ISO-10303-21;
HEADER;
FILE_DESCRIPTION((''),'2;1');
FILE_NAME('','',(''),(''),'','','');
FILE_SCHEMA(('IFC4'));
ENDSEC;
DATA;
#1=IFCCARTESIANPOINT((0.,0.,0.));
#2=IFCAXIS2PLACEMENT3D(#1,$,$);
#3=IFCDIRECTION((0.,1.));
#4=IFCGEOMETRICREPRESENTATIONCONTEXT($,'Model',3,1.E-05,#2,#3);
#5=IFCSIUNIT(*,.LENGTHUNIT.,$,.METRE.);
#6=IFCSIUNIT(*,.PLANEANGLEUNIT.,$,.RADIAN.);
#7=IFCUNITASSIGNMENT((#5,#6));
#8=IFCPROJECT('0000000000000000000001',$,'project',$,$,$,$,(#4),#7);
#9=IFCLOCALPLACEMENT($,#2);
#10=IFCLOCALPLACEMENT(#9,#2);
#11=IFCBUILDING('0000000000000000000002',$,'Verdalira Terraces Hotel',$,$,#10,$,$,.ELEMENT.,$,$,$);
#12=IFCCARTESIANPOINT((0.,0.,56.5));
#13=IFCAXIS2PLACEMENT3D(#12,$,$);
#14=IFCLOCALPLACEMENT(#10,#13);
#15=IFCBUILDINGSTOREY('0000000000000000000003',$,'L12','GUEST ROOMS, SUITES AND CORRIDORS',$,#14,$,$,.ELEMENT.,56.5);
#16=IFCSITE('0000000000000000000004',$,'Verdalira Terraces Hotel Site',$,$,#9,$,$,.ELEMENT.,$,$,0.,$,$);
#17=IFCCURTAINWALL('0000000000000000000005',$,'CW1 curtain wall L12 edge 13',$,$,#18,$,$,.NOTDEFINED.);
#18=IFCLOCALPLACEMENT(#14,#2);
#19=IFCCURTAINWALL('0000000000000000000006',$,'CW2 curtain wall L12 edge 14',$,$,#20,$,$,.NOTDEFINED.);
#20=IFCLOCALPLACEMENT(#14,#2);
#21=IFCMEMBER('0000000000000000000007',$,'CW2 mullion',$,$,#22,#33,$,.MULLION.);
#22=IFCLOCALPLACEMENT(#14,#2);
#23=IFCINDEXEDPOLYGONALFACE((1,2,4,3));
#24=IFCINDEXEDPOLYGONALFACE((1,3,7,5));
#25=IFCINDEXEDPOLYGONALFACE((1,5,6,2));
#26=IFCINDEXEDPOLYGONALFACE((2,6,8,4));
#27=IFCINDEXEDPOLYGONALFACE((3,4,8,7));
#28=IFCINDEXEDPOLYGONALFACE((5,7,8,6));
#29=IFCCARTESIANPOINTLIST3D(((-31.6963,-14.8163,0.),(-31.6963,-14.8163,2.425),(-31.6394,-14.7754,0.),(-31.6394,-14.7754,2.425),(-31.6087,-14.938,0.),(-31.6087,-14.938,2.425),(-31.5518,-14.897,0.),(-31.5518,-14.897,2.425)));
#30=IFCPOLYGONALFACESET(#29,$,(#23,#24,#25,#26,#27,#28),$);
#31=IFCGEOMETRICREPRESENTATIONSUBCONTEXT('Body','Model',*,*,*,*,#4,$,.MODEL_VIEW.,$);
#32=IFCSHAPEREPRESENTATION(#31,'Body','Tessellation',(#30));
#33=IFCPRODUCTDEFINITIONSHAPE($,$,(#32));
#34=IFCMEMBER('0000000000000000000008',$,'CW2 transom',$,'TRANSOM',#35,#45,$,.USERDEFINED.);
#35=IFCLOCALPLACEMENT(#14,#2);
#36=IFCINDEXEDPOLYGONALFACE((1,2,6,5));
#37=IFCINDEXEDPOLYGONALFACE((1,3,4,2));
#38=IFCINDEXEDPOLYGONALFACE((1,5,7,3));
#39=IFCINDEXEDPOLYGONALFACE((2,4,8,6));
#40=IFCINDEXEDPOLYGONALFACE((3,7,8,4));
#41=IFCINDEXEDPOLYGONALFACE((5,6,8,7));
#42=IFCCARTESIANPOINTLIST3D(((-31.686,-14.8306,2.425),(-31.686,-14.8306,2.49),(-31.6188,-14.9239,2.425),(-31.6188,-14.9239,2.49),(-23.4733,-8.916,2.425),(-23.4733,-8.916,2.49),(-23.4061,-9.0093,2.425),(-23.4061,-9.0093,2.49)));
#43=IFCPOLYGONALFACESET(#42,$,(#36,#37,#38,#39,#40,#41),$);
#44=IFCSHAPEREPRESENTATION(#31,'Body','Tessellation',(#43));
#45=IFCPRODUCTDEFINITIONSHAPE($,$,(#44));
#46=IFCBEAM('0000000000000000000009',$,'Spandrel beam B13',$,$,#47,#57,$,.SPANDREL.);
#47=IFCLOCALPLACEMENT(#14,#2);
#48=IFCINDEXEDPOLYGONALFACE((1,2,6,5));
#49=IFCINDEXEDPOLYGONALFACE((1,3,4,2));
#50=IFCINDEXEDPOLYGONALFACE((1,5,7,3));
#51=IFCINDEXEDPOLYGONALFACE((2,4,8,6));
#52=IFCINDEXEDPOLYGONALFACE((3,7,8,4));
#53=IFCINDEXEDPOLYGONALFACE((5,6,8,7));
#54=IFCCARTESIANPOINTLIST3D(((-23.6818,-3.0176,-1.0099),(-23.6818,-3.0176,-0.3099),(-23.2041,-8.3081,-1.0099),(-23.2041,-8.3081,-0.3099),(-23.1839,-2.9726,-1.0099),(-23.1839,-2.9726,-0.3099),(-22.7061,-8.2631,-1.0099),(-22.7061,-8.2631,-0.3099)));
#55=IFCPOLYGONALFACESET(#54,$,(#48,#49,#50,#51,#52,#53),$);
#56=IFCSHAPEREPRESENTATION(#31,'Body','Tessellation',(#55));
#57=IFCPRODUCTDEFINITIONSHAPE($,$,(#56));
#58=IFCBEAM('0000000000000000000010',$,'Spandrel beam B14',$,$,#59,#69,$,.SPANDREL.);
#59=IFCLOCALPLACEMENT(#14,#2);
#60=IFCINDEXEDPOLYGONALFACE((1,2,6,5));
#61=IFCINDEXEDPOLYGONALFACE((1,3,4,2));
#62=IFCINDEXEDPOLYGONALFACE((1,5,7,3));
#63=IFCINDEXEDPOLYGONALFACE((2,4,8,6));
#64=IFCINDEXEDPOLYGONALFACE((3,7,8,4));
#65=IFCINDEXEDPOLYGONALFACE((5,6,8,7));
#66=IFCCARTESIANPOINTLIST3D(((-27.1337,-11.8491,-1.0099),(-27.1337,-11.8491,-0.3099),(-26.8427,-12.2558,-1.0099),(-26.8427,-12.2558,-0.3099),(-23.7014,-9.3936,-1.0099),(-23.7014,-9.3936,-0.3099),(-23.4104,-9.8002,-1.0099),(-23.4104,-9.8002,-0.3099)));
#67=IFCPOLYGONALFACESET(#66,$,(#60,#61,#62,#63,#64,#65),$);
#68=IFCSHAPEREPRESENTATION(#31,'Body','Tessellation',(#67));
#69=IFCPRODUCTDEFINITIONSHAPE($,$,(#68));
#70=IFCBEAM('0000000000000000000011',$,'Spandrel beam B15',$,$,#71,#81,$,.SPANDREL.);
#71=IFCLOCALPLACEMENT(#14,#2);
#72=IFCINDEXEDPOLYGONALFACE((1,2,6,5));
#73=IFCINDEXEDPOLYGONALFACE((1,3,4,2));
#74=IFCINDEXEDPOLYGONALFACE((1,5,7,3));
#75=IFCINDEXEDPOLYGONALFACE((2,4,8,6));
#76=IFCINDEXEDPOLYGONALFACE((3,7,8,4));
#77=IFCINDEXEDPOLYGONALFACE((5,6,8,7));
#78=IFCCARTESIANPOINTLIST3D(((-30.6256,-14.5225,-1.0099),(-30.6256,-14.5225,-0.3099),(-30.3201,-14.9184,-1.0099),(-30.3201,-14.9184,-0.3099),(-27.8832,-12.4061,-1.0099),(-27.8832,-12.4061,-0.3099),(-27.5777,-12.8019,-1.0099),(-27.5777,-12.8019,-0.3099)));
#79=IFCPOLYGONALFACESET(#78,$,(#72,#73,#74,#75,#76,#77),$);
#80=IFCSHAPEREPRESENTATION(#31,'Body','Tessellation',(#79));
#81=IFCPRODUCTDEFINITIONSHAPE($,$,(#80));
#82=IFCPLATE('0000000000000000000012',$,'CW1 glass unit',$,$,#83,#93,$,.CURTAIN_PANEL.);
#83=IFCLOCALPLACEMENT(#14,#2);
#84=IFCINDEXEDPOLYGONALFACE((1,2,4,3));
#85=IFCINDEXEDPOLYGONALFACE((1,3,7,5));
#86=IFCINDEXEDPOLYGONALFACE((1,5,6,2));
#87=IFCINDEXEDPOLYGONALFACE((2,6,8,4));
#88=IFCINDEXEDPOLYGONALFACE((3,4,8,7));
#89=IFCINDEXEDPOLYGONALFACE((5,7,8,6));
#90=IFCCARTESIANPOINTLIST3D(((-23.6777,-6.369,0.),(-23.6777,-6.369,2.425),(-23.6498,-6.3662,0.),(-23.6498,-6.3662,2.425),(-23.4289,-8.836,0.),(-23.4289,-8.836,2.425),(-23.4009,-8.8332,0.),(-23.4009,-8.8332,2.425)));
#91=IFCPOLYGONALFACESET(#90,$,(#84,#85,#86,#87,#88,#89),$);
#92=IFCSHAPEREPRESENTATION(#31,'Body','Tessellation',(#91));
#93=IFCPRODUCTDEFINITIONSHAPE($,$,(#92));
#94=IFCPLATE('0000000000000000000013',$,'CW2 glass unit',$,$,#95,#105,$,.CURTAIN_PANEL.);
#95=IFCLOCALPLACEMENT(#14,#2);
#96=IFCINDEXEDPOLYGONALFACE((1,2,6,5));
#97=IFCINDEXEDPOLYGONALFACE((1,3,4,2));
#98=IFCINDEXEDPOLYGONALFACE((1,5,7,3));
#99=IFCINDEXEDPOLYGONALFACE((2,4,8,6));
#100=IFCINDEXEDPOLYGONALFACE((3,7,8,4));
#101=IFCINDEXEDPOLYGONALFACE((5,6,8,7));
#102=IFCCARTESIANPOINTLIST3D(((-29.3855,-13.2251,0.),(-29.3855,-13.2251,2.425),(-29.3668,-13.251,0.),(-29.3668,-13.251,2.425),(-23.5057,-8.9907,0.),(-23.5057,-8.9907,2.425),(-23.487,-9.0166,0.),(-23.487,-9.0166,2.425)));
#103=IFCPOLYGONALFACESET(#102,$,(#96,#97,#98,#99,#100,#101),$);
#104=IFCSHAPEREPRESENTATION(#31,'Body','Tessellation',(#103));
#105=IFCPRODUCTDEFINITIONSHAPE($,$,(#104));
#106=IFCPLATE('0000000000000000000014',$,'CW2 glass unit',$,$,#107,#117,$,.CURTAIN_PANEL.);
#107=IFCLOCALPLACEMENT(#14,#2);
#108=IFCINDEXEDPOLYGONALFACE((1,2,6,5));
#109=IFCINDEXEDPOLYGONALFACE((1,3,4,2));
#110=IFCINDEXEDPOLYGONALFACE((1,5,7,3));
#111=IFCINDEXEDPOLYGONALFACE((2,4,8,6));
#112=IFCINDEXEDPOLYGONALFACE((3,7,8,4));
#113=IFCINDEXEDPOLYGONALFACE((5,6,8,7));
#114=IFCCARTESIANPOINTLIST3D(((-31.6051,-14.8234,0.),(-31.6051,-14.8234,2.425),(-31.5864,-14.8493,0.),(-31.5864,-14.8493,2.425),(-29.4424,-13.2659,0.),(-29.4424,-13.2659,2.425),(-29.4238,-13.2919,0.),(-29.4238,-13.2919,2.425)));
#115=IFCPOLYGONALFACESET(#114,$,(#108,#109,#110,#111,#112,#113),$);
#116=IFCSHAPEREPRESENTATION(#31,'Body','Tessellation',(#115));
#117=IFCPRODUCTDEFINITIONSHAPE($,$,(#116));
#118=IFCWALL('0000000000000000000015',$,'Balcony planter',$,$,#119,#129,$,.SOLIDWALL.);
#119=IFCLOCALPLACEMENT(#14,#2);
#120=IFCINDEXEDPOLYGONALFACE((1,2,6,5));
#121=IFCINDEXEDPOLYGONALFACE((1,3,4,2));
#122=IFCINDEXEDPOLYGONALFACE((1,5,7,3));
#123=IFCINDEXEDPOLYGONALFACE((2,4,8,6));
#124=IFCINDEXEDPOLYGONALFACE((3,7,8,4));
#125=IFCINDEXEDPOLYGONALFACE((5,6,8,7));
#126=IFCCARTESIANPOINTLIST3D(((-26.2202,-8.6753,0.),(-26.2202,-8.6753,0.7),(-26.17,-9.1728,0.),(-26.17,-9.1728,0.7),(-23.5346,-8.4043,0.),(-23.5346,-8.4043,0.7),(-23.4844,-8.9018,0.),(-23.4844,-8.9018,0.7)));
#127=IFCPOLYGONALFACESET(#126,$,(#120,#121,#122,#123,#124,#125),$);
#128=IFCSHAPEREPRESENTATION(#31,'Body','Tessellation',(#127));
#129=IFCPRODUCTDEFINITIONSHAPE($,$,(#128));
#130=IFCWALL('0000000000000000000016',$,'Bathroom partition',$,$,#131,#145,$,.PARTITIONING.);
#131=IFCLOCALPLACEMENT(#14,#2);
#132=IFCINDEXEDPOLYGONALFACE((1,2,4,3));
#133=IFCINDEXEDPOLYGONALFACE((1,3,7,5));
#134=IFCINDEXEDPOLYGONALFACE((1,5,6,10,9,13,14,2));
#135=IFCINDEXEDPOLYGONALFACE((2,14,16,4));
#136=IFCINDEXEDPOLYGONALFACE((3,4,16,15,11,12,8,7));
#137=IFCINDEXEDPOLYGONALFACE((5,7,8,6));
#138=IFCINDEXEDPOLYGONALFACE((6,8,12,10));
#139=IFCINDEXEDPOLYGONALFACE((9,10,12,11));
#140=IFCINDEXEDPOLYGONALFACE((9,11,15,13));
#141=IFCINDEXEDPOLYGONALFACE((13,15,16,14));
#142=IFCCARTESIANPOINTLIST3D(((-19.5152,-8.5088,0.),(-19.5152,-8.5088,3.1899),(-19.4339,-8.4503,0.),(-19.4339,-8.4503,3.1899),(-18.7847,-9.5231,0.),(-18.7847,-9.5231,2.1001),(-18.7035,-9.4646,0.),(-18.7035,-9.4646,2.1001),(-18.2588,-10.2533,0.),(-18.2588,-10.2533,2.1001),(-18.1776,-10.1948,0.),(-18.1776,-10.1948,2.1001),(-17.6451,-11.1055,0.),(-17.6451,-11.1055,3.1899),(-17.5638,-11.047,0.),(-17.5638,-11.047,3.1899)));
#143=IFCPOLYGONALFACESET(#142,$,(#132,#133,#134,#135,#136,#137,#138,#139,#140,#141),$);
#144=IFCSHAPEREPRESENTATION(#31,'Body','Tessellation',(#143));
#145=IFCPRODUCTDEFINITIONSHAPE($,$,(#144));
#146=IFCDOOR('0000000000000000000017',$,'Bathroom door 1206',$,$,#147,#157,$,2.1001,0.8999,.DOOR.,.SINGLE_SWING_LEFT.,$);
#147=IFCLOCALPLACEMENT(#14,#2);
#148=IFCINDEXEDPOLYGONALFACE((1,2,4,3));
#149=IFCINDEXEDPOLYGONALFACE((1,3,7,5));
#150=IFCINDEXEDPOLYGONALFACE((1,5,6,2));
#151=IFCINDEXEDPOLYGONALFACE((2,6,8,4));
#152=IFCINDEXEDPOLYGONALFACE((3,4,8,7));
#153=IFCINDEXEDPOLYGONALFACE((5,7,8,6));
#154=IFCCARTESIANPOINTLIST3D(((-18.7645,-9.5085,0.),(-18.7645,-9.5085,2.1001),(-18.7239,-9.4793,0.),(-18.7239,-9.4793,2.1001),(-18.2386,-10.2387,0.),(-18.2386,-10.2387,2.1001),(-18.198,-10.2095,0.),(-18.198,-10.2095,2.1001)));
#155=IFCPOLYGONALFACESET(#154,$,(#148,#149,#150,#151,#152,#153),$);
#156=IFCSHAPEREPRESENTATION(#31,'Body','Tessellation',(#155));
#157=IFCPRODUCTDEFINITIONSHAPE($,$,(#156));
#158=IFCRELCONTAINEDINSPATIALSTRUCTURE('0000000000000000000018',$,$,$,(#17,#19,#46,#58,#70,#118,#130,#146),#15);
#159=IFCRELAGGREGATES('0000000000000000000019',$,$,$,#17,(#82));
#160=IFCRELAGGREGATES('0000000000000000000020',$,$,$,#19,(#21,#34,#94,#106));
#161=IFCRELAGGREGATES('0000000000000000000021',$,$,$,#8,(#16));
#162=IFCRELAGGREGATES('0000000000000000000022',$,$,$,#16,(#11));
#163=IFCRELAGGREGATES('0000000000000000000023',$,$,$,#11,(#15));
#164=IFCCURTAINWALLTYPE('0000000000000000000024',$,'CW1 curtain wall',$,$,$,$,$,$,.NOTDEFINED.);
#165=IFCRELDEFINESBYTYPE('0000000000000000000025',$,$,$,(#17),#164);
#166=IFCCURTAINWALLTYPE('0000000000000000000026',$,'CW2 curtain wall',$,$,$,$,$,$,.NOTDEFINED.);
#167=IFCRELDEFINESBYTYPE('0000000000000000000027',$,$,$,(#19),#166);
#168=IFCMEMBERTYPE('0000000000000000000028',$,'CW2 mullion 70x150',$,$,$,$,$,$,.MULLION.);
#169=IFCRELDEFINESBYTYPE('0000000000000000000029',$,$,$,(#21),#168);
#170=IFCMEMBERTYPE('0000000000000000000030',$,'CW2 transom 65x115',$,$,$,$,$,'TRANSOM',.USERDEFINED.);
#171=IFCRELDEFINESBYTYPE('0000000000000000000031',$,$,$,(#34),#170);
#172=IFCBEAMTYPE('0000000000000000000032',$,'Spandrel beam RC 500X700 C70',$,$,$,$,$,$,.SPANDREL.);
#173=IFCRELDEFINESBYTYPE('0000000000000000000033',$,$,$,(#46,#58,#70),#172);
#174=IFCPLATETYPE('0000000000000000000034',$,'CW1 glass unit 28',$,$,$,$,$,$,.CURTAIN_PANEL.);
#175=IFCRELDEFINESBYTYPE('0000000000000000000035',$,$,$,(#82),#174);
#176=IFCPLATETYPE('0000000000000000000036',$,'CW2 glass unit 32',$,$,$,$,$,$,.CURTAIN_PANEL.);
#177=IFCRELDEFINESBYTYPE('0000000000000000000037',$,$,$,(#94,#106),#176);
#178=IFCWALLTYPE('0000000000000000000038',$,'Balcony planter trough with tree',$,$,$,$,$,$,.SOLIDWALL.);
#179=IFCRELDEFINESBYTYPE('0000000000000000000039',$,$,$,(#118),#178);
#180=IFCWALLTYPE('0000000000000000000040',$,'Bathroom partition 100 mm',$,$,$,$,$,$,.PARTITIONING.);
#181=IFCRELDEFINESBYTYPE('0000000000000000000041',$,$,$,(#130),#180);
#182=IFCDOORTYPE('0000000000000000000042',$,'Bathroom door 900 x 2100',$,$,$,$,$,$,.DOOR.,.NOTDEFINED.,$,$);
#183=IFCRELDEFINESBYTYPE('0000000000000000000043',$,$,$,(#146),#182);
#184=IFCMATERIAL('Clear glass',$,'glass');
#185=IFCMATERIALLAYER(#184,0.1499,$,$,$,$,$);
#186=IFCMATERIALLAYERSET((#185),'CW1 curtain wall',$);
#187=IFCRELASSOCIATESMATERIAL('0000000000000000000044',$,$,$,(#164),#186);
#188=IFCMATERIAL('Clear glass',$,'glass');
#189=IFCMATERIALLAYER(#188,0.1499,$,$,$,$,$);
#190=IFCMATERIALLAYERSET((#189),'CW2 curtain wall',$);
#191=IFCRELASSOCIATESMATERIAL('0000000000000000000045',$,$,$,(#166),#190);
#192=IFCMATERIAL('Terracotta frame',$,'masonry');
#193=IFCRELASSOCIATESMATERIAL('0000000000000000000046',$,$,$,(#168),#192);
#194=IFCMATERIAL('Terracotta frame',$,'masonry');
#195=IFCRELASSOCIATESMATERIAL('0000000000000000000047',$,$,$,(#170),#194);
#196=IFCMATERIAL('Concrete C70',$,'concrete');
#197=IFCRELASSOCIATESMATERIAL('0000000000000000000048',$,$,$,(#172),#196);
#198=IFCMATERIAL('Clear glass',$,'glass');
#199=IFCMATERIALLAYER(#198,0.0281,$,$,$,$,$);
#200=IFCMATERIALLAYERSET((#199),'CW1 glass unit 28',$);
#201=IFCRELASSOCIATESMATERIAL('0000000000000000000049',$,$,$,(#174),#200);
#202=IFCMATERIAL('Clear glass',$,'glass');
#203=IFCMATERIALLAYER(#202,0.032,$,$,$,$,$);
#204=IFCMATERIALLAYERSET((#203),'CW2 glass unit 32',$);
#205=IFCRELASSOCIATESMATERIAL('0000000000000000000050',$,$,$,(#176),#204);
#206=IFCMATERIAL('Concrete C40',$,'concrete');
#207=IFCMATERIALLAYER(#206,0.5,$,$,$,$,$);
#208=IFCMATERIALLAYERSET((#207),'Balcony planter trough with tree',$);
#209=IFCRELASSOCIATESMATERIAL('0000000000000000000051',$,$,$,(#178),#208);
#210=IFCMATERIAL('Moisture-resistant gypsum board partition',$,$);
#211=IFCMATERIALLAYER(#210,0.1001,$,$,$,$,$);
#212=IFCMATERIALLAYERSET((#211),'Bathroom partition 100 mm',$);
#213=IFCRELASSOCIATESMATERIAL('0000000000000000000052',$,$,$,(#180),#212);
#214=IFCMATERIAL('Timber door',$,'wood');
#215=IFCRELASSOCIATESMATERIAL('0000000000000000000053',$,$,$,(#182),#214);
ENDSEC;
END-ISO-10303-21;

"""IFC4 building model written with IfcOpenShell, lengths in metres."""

from ifc_helpers import new_model, si_unit, direction, frame, frame_2d, origin, origin_2d, place, context, subcontext, project, spatial, rectangle, extrude, material, layer, layer_set, material_profile, profile_set, type_object, element, fill, aggregate, save


model = new_model("IFC4")

# Units and contexts
model_context = context("Model", 3, precision=1e-05, world=origin(), true_north=direction((0.0, 1.0)))
body_context = subcontext(model_context, "Body", "Model", "MODEL_VIEW")
ifc_project = project(units=[si_unit("LENGTHUNIT", "METRE"), si_unit("PLANEANGLEUNIT", "RADIAN")], contexts=[model_context])

# Site, building, storey
site_placement = place(None, origin())
site = spatial("IfcSite", under=ifc_project, at=site_placement, Name="Verdalira Terraces Hotel Site", CompositionType="ELEMENT", RefElevation=0.0)
building_placement = place(site_placement, origin())
building = spatial("IfcBuilding", under=site, at=building_placement, Name="Verdalira Terraces Hotel", CompositionType="ELEMENT")
storey_placement = place(building_placement, frame((0.0, 0.0, 56.5)))
storey = spatial("IfcBuildingStorey", under=building, at=storey_placement, Name="L12", Description="GUEST ROOMS, SUITES AND CORRIDORS", CompositionType="ELEMENT", Elevation=56.5)

# Curtain wall
ifc_material_1 = material(Name="Clear glass", Category="glass")
ifc_layer_1 = layer(ifc_material_1, 0.1499)
ifc_layer_set_1 = layer_set([ifc_layer_1], Name="CW1 curtain wall")
curtain_wall_type_1 = type_object("IfcCurtainWallType", Name="CW1 curtain wall", PredefinedType="NOTDEFINED", material=ifc_layer_set_1)
curtain_wall_1_placement = place(storey_placement, origin())
curtain_wall_1 = element("IfcCurtainWall", 1, at=curtain_wall_1_placement, inside=storey, type_object=curtain_wall_type_1, Name="CW1 curtain wall L12 edge 13", PredefinedType="NOTDEFINED")

# Curtain wall, members
ifc_material_2 = material(Name="Clear glass", Category="glass")
ifc_layer_2 = layer(ifc_material_2, 0.1499)
ifc_layer_set_2 = layer_set([ifc_layer_2], Name="CW2 curtain wall")
curtain_wall_type_2 = type_object("IfcCurtainWallType", Name="CW2 curtain wall", PredefinedType="NOTDEFINED", material=ifc_layer_set_2)
curtain_wall_2_placement = place(storey_placement, origin())
curtain_wall_2 = element("IfcCurtainWall", 2, at=curtain_wall_2_placement, inside=storey, type_object=curtain_wall_type_2, Name="CW2 curtain wall L12 edge 14", PredefinedType="NOTDEFINED")
ifc_material_3 = material(Name="Terracotta frame", Category="masonry")
ifc_material_profile_1 = material_profile(ifc_material_3, rectangle(XDim=0.0701, YDim=0.1499, at=origin_2d()), Name="MU 70x150")
ifc_profile_set_1 = profile_set([ifc_material_profile_1], Name="Terracotta frame")
member_type_1 = type_object("IfcMemberType", Name="CW2 mullion 70x150", PredefinedType="MULLION", material=ifc_profile_set_1)
member_1_placement = place(storey_placement, frame((-31.624, -14.8567, 0.0), z_axis=(0.0, 0.0, 1.0), x_axis=(-0.811472, -0.584391, 0.0)))
member_1 = element("IfcMember", 3, at=member_1_placement, type_object=member_type_1, Name="CW2 mullion", PredefinedType="MULLION", context=body_context, shape_type="SweptSolid", body=[
    extrude(rectangle(XDim=0.0701, YDim=0.1499, at=origin_2d()), origin(), (0.0, 0.0, 1.0), 2.425),
])
ifc_material_4 = material(Name="Terracotta frame", Category="masonry")
ifc_material_profile_2 = material_profile(ifc_material_4, rectangle(XDim=0.115, YDim=0.0649, at=origin_2d()), Name="TR 65x115")
ifc_profile_set_2 = profile_set([ifc_material_profile_2], Name="Terracotta frame")
member_type_2 = type_object("IfcMemberType", Name="CW2 transom 65x115", ElementType="TRANSOM", PredefinedType="USERDEFINED", material=ifc_profile_set_2)
member_2_placement = place(storey_placement, frame((-23.4397, -8.9626, 2.4575), z_axis=(-0.811467, -0.584399, 0.0), x_axis=(0.584399, -0.811467, 0.0)))
member_2 = element("IfcMember", 4, at=member_2_placement, type_object=member_type_2, Name="CW2 transom", ObjectType="TRANSOM", PredefinedType="USERDEFINED", context=body_context, shape_type="SweptSolid", body=[
    extrude(rectangle(XDim=0.115, YDim=0.0649, at=origin_2d()), origin(), (0.0, 0.0, 1.0), 10.1209),
])

# Beams
ifc_material_5 = material(Name="Concrete C70", Category="concrete")
ifc_material_profile_3 = material_profile(ifc_material_5, rectangle(XDim=0.5, YDim=0.7, at=origin_2d()), Name="RC 500X700")
ifc_profile_set_3 = profile_set([ifc_material_profile_3], Name="Concrete C70")
beam_type_1 = type_object("IfcBeamType", Name="Spandrel beam RC 500X700 C70", PredefinedType="SPANDREL", material=ifc_profile_set_3)
beam_1_placement = place(storey_placement, frame((-23.4329, -2.9951, -0.6599), z_axis=(0.089943, -0.995947, 0.0), x_axis=(0.995947, 0.089943, 0.0)))
element("IfcBeam", 5, at=beam_1_placement, inside=storey, type_object=beam_type_1, Name="Spandrel beam B13", PredefinedType="SPANDREL", context=body_context, shape_type="SweptSolid", body=[
    extrude(rectangle(XDim=0.5, YDim=0.7, at=origin_2d()), origin(), (0.0, 0.0, 1.0), 5.312),
])
beam_2_placement = place(storey_placement, frame((-23.5559, -9.5969, -0.6599), z_axis=(-0.813299, -0.581845, 0.0), x_axis=(0.581845, -0.813299, 0.0)))
element("IfcBeam", 6, at=beam_2_placement, inside=storey, type_object=beam_type_1, Name="Spandrel beam B14", PredefinedType="SPANDREL", context=body_context, shape_type="SweptSolid", body=[
    extrude(rectangle(XDim=0.5, YDim=0.7, at=origin_2d()), origin(), (0.0, 0.0, 1.0), 4.2202),
])
beam_3_placement = place(storey_placement, frame((-27.7305, -12.604, -0.6599), z_axis=(-0.791661, -0.61096, 0.0), x_axis=(0.61096, -0.791661, 0.0)))
element("IfcBeam", 7, at=beam_3_placement, inside=storey, type_object=beam_type_1, Name="Spandrel beam B15", PredefinedType="SPANDREL", context=body_context, shape_type="SweptSolid", body=[
    extrude(rectangle(XDim=0.5, YDim=0.7, at=origin_2d()), origin(), (0.0, 0.0, 1.0), 3.4641),
])

# Plates
ifc_material_6 = material(Name="Clear glass", Category="glass")
ifc_layer_3 = layer(ifc_material_6, 0.0281)
ifc_layer_set_3 = layer_set([ifc_layer_3], Name="CW1 glass unit 28")
plate_type_1 = type_object("IfcPlateType", Name="CW1 glass unit 28", PredefinedType="CURTAIN_PANEL", material=ifc_layer_set_3)
plate_1_placement = place(storey_placement, frame((-23.5393, -7.6011, 0.0), z_axis=(0.0, 0.0, 1.0), x_axis=(0.100362, -0.994951, 0.0)))
plate_1 = element("IfcPlate", 8, at=plate_1_placement, type_object=plate_type_1, Name="CW1 glass unit", PredefinedType="CURTAIN_PANEL", context=body_context, shape_type="SweptSolid", body=[
    extrude(rectangle(XDim=2.4795, YDim=0.0281, at=origin_2d()), origin(), (0.0, 0.0, 1.0), 2.425),
])
aggregate(curtain_wall_1, [plate_1])
ifc_material_7 = material(Name="Clear glass", Category="glass")
ifc_layer_4 = layer(ifc_material_7, 0.032)
ifc_layer_set_4 = layer_set([ifc_layer_4], Name="CW2 glass unit 32")
plate_type_2 = type_object("IfcPlateType", Name="CW2 glass unit 32", PredefinedType="CURTAIN_PANEL", material=ifc_layer_set_4)
plate_2_placement = place(storey_placement, frame((-26.4363, -11.1209, 0.0), z_axis=(0.0, 0.0, 1.0), x_axis=(-0.811472, -0.584391, 0.0)))
plate_2 = element("IfcPlate", 9, at=plate_2_placement, type_object=plate_type_2, Name="CW2 glass unit", PredefinedType="CURTAIN_PANEL", context=body_context, shape_type="SweptSolid", body=[
    extrude(rectangle(XDim=7.2458, YDim=0.032, at=origin_2d()), origin(), (0.0, 0.0, 1.0), 2.425),
])
plate_3_placement = place(storey_placement, frame((-30.5144, -14.0576, 0.0), z_axis=(0.0, 0.0, 1.0), x_axis=(-0.811472, -0.584391, 0.0)))
plate_3 = element("IfcPlate", 10, at=plate_3_placement, type_object=plate_type_2, Name="CW2 glass unit", PredefinedType="CURTAIN_PANEL", context=body_context, shape_type="SweptSolid", body=[
    extrude(rectangle(XDim=2.665, YDim=0.032, at=origin_2d()), origin(), (0.0, 0.0, 1.0), 2.425),
])
aggregate(curtain_wall_2, [member_1, member_2, plate_2, plate_3])

# Wall
ifc_material_8 = material(Name="Concrete C40", Category="concrete")
ifc_layer_5 = layer(ifc_material_8, 0.5)
ifc_layer_set_5 = layer_set([ifc_layer_5], Name="Balcony planter trough with tree")
wall_type_1 = type_object("IfcWallType", Name="Balcony planter trough with tree", PredefinedType="SOLIDWALL", material=ifc_layer_set_5)
wall_1_placement = place(storey_placement, frame((-26.1951, -8.9241, 0.0), z_axis=(0.0, 0.0, 1.0), x_axis=(0.994947, 0.100399, 0.0)))
element("IfcWall", 11, at=wall_1_placement, inside=storey, type_object=wall_type_1, Name="Balcony planter", PredefinedType="SOLIDWALL", context=body_context, shape_type="SweptSolid", body=[
    extrude(rectangle(XDim=2.6992, YDim=0.5, at=frame_2d((1.3496, 0.0))), origin(), (0.0, 0.0, 1.0), 0.7),
])

# Wall, opening, door
ifc_material_9 = material(Name="Moisture-resistant gypsum board partition")
ifc_layer_6 = layer(ifc_material_9, 0.1001)
ifc_layer_set_6 = layer_set([ifc_layer_6], Name="Bathroom partition 100 mm")
wall_type_2 = type_object("IfcWallType", Name="Bathroom partition 100 mm", PredefinedType="PARTITIONING", material=ifc_layer_set_6)
wall_2_placement = place(storey_placement, frame((-19.4746, -8.4795, 0.0), z_axis=(0.0, 0.0, 1.0), x_axis=(0.584409, -0.811459, 0.0)))
wall_2 = element("IfcWall", 12, at=wall_2_placement, inside=storey, type_object=wall_type_2, Name="Bathroom partition", PredefinedType="PARTITIONING", context=body_context, shape_type="SweptSolid", body=[
    extrude(rectangle(XDim=3.2, YDim=0.1001, at=frame_2d((1.6001, 0.0))), origin(), (0.0, 0.0, 1.0), 3.1899),
])
opening_1_placement = place(wall_2_placement, frame((1.25, 0.0, 0.0)))
opening_1 = element("IfcOpeningElement", 13, at=opening_1_placement, cuts=wall_2, PredefinedType="OPENING", context=body_context, shape_type="SweptSolid", body=[
    extrude(rectangle(XDim=0.8999, YDim=2.1001, at=frame_2d((0.45, 1.05))), frame((0.0, 0.0601, 0.0), z_axis=(0.0, -1.0, 0.0), x_axis=(1.0, 0.0, 0.0)), (0.0, 0.0, 1.0), 0.1201),
])
ifc_material_10 = material(Name="Timber door", Category="wood")
door_type_1 = type_object("IfcDoorType", Name="Bathroom door 900 x 2100", OperationType="NOTDEFINED", PredefinedType="DOOR", material=ifc_material_10)
door_1_placement = place(opening_1_placement, origin())
door_1 = element("IfcDoor", 14, at=door_1_placement, inside=storey, type_object=door_type_1, Name="Bathroom door 1206", OperationType="SINGLE_SWING_LEFT", OverallHeight=2.1001, OverallWidth=0.8999, PredefinedType="DOOR", context=body_context, shape_type="SweptSolid", body=[
    extrude(rectangle(XDim=0.8999, YDim=2.1001, at=frame_2d((0.45, 1.05))), frame((0.0, 0.0249, 0.0), z_axis=(0.0, -1.0, 0.0), x_axis=(1.0, 0.0, 0.0)), (0.0, 0.0, 1.0), 0.05),
])
fill(opening_1, door_1)

save(model, "model.ifc")
